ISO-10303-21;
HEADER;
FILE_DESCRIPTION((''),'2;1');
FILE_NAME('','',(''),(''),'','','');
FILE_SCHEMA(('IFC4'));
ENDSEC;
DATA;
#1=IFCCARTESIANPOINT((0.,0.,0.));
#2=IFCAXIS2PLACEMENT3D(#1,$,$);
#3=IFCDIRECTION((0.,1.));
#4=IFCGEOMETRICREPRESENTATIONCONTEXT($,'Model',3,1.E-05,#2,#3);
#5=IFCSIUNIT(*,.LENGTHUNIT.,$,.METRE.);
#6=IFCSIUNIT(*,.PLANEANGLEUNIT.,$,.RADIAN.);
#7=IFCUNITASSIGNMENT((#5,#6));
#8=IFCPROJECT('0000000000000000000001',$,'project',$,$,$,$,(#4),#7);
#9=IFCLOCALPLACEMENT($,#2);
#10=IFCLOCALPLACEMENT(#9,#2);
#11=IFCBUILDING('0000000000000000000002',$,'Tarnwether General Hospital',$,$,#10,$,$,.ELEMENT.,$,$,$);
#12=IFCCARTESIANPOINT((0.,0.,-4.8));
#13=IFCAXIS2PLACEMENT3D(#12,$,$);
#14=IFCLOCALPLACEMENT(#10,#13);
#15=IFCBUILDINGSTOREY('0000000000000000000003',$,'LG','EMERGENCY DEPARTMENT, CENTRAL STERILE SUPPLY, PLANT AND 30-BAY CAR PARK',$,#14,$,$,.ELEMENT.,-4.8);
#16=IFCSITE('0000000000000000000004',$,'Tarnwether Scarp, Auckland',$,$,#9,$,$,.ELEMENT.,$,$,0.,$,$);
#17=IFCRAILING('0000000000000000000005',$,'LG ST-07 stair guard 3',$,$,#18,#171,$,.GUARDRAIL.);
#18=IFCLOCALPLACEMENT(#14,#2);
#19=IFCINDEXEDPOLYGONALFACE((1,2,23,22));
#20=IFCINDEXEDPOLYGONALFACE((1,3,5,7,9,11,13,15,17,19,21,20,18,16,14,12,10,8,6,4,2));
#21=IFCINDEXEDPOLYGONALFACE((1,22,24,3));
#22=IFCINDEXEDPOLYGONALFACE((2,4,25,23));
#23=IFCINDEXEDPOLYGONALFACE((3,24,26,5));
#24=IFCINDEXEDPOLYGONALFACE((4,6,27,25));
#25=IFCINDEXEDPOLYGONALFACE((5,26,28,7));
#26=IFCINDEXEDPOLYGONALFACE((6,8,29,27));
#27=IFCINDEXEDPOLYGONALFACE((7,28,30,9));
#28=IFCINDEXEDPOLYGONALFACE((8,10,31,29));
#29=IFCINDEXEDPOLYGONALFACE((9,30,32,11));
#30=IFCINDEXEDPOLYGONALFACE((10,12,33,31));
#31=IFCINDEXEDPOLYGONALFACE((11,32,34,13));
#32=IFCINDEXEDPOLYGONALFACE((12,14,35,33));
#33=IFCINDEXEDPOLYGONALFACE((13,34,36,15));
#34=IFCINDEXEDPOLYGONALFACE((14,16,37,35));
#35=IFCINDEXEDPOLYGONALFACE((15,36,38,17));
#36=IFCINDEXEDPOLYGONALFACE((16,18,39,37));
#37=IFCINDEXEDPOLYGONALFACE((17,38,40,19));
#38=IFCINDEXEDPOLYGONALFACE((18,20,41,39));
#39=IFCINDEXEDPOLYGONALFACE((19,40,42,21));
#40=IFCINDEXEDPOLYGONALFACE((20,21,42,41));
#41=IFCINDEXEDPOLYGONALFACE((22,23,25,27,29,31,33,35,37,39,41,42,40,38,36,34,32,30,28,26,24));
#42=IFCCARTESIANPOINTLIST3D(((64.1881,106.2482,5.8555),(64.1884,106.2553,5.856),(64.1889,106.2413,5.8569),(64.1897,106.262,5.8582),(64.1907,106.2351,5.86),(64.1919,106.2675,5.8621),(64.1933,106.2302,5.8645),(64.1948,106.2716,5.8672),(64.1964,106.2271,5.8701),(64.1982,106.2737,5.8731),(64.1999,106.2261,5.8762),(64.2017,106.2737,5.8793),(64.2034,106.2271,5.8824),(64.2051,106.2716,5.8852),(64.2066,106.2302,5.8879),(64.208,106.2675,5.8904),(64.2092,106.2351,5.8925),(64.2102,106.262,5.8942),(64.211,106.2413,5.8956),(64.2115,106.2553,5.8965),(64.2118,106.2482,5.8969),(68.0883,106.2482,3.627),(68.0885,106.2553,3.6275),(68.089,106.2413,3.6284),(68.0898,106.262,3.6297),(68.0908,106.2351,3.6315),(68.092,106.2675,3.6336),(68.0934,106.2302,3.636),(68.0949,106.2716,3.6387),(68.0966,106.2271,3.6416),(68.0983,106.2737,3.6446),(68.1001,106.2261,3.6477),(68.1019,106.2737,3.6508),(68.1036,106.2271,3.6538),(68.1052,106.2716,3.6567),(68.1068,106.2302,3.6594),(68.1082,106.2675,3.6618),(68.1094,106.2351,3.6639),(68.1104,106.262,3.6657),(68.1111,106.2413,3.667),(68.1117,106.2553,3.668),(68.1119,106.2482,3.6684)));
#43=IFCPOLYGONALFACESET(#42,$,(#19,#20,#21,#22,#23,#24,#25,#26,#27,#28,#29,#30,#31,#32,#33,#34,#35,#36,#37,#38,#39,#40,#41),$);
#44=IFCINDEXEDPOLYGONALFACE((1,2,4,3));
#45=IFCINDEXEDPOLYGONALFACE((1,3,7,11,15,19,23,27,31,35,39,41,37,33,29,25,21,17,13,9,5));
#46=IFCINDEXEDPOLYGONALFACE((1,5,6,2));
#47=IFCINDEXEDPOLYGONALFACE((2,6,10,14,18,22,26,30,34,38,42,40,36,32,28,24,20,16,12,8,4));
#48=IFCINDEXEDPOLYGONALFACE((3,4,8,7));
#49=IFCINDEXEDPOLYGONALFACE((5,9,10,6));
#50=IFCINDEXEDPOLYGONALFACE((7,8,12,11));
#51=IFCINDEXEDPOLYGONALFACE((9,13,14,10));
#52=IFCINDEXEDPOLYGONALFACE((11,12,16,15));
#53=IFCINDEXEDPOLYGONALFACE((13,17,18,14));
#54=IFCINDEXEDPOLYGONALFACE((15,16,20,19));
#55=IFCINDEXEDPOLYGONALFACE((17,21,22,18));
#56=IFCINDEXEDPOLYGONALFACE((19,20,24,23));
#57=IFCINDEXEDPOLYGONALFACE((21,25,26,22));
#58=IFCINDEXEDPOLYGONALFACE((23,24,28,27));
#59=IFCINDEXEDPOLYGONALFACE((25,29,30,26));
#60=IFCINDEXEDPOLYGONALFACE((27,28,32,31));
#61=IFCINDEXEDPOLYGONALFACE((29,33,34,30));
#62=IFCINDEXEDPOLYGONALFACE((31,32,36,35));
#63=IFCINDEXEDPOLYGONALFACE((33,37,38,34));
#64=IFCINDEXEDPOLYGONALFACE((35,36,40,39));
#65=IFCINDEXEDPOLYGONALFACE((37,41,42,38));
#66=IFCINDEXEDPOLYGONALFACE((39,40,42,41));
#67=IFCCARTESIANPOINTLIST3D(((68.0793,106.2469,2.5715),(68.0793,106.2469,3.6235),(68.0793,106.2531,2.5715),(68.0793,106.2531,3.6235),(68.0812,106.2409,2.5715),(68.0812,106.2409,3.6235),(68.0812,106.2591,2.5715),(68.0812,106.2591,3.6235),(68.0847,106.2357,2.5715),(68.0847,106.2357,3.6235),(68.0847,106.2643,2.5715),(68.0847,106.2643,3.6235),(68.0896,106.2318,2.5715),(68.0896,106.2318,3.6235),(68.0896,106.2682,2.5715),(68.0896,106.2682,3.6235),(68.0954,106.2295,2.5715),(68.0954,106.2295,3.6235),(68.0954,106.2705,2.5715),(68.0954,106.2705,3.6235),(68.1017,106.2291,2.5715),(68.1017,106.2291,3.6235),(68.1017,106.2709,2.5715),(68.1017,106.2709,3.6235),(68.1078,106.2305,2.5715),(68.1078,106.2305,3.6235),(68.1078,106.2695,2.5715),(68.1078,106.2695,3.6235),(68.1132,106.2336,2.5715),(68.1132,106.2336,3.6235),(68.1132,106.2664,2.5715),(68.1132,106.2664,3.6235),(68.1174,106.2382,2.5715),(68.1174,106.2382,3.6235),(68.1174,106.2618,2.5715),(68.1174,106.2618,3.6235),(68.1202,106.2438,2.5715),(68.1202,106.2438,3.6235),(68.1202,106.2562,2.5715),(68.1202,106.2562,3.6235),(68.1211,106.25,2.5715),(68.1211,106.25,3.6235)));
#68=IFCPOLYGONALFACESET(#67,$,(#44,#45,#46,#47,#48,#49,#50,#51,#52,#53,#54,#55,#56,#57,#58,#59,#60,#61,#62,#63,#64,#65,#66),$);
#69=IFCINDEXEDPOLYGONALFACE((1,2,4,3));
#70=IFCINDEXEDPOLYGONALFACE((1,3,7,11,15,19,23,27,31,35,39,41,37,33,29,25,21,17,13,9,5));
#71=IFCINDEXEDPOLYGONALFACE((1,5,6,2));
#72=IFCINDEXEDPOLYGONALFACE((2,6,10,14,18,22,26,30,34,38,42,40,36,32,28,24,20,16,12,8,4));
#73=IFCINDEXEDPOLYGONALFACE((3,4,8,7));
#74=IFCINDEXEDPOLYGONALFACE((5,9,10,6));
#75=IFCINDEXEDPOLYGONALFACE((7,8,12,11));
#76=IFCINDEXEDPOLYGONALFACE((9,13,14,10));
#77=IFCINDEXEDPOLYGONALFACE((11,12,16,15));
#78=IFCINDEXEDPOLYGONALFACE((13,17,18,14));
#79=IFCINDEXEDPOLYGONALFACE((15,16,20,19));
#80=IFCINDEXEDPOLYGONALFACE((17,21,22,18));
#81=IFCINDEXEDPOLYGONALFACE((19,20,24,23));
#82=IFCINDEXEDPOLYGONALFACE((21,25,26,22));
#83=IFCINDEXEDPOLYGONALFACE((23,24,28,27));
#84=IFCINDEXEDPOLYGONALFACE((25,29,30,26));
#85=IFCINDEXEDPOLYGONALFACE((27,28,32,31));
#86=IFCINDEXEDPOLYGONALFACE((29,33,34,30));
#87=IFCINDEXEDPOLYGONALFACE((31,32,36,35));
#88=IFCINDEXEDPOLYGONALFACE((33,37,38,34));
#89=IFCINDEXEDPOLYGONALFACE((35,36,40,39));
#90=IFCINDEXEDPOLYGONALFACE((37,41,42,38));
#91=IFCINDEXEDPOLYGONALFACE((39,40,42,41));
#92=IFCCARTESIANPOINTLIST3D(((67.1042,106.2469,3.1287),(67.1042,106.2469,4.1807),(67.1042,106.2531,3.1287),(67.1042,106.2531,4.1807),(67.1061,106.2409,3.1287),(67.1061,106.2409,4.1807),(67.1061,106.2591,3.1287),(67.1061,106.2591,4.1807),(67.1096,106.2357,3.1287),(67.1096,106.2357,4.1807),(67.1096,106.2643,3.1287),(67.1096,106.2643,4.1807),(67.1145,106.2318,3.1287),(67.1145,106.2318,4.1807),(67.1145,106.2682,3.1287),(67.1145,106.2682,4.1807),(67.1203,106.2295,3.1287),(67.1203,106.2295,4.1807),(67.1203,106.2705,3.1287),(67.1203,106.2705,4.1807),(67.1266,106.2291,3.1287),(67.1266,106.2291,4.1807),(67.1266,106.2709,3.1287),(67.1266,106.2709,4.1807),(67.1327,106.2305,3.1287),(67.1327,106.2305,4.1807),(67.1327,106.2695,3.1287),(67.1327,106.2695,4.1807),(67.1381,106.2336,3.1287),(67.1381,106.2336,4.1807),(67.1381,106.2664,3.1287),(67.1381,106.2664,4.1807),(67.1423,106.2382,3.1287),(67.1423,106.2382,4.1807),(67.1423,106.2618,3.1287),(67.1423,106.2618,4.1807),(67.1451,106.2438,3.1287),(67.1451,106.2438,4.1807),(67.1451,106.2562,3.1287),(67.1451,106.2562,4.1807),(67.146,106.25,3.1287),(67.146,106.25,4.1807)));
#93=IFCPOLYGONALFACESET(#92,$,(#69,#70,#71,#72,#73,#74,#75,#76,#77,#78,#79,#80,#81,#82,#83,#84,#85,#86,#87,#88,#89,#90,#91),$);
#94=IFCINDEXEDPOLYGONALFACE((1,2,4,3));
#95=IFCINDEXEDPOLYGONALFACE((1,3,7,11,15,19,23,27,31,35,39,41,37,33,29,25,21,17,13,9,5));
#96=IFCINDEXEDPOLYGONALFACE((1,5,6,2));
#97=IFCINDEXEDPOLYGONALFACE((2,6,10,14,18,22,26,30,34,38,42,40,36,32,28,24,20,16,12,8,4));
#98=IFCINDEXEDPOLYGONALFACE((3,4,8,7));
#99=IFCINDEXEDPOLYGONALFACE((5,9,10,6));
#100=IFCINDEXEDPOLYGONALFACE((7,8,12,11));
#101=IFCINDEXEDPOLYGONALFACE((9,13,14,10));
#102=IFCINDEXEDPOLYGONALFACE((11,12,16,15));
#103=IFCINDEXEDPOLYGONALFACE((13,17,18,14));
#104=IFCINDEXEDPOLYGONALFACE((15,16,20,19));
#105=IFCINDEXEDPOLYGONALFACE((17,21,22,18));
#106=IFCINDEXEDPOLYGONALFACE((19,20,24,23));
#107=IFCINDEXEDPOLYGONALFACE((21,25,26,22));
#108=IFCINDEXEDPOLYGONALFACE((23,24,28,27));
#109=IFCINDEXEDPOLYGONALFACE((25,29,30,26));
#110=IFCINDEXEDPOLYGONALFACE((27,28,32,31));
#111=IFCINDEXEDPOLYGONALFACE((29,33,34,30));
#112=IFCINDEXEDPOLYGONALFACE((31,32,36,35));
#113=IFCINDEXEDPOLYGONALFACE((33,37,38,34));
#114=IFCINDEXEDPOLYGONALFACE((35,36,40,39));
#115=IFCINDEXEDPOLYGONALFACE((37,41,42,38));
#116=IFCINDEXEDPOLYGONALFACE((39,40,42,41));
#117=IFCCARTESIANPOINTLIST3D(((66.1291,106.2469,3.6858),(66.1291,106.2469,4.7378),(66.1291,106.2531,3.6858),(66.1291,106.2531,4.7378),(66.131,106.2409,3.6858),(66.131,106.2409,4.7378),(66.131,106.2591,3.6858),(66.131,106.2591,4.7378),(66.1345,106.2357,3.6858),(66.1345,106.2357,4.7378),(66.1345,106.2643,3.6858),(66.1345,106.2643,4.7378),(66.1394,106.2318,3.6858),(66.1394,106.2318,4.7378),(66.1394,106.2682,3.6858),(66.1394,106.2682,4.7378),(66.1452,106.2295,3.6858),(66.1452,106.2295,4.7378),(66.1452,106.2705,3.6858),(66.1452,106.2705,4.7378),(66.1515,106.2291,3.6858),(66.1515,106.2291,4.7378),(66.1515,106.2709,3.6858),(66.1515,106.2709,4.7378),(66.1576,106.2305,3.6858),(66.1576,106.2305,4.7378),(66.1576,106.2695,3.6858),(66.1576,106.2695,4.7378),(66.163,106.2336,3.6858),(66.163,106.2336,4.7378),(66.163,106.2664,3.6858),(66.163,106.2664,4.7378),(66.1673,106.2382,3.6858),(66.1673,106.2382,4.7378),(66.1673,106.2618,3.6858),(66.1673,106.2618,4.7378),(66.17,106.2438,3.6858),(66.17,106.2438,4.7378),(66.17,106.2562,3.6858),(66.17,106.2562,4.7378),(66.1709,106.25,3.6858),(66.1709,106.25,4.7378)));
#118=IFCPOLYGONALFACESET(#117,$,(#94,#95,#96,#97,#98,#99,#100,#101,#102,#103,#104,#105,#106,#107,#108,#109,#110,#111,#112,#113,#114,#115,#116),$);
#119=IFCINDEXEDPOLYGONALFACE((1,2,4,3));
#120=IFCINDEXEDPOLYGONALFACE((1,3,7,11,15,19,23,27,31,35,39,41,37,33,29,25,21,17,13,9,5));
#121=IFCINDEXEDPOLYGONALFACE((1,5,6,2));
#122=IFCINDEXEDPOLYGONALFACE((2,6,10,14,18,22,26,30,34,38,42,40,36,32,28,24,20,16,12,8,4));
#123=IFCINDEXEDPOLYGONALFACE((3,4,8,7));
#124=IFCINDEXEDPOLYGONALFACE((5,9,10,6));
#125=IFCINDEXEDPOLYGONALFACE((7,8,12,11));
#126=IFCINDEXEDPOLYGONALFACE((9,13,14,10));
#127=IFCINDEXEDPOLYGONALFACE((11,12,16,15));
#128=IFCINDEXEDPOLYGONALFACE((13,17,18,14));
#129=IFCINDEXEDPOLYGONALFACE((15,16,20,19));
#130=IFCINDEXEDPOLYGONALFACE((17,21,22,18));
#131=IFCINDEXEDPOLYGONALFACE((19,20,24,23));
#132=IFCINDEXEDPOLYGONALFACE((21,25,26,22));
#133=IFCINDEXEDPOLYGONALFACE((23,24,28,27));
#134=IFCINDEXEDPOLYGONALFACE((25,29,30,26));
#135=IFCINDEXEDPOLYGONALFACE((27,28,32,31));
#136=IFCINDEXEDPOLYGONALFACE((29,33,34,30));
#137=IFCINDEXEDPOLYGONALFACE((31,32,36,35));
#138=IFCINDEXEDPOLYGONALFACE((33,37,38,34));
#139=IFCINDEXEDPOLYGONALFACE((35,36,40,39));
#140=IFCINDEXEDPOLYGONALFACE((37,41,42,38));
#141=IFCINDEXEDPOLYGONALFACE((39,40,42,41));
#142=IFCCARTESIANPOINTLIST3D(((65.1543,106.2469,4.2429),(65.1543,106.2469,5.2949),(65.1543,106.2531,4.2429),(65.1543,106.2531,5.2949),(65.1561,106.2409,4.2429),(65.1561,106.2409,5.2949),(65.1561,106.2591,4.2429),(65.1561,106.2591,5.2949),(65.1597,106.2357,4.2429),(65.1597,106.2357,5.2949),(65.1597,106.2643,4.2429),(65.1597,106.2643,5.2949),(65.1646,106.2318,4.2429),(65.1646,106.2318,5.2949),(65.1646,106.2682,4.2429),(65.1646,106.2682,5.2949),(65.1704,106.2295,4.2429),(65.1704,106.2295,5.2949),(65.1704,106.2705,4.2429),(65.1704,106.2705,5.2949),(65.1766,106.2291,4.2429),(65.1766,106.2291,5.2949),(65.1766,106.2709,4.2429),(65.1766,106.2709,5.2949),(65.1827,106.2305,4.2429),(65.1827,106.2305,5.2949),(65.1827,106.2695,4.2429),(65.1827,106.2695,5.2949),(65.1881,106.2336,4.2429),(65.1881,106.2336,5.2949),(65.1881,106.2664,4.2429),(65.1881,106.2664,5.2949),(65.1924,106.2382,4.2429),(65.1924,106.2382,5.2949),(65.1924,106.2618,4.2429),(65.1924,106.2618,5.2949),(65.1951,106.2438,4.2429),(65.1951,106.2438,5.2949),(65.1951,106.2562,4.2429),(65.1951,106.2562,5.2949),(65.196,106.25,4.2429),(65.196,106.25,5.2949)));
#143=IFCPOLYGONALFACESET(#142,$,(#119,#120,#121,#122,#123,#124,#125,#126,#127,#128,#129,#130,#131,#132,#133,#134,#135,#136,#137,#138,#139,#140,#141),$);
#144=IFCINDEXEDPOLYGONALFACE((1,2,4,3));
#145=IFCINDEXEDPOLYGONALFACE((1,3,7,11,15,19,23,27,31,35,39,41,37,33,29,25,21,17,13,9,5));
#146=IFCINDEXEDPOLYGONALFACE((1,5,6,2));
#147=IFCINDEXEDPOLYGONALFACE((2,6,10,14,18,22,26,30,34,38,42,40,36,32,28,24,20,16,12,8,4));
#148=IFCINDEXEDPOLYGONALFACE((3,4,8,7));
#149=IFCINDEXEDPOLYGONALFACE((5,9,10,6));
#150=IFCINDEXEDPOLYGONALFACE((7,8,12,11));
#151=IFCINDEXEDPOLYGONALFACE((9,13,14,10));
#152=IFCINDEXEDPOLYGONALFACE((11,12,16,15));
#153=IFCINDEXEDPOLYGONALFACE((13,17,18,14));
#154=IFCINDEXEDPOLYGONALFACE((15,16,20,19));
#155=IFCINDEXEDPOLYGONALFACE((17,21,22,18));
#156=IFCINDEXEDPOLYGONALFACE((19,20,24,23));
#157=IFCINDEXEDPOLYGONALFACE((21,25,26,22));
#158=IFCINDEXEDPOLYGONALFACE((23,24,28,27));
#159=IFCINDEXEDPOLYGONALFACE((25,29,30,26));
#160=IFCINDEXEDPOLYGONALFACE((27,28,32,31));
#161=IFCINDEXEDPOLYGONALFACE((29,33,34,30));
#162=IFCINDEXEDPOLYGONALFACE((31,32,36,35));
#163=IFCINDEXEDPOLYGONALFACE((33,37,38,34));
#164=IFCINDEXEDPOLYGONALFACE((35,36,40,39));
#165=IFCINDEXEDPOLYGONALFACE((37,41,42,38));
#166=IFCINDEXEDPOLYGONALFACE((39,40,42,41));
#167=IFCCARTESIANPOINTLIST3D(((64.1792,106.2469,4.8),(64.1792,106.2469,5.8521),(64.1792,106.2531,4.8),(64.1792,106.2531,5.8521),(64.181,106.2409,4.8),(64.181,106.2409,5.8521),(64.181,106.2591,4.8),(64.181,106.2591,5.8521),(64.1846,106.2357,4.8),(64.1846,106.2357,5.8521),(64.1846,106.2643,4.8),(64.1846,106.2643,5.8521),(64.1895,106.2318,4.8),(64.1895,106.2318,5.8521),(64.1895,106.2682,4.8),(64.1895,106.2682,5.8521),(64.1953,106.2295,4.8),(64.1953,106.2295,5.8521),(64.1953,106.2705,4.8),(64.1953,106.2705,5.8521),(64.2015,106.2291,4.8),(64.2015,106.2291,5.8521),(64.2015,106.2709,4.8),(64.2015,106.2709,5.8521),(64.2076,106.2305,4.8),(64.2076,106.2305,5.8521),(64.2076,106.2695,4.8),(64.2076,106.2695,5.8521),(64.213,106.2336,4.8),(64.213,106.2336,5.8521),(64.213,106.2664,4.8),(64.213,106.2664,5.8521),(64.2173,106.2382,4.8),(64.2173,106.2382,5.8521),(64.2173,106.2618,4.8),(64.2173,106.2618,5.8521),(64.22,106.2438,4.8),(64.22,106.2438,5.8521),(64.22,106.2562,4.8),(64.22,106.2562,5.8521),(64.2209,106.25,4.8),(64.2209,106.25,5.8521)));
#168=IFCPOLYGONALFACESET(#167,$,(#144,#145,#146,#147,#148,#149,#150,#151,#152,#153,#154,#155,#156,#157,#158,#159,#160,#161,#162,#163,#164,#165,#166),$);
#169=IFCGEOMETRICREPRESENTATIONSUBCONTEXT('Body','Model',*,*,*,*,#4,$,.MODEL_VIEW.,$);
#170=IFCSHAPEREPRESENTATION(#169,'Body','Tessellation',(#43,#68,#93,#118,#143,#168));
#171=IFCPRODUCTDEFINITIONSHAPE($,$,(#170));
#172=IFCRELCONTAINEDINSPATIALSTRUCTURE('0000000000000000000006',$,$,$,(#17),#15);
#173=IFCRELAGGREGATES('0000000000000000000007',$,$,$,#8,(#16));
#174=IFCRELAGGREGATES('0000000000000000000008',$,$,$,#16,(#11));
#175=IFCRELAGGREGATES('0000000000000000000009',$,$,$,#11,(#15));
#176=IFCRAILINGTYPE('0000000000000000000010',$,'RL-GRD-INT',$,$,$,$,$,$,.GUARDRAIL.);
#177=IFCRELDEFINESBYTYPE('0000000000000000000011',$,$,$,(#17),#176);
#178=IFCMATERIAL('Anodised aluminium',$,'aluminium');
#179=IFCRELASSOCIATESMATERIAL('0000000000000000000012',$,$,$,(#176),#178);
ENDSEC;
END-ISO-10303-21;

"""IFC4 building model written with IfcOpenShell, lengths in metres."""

from ifc_helpers import new_model, si_unit, direction, frame, origin, origin_2d, place, context, subcontext, project, spatial, circle, extrude, material, type_object, element, save


model = new_model("IFC4")

# Units and contexts
model_context = context("Model", 3, precision=1e-05, world=origin(), true_north=direction((0.0, 1.0)))
body_context = subcontext(model_context, "Body", "Model", "MODEL_VIEW")
ifc_project = project(units=[si_unit("LENGTHUNIT", "METRE"), si_unit("PLANEANGLEUNIT", "RADIAN")], contexts=[model_context])

# Site, building, storey
site_placement = place(None, origin())
site = spatial("IfcSite", under=ifc_project, at=site_placement, Name="Tarnwether Scarp, Auckland", CompositionType="ELEMENT", RefElevation=0.0)
building_placement = place(site_placement, origin())
building = spatial("IfcBuilding", under=site, at=building_placement, Name="Tarnwether General Hospital", CompositionType="ELEMENT")
storey_placement = place(building_placement, frame((0.0, 0.0, -4.8)))
storey = spatial("IfcBuildingStorey", under=building, at=storey_placement, Name="LG", Description="EMERGENCY DEPARTMENT, CENTRAL STERILE SUPPLY, PLANT AND 30-BAY CAR PARK", CompositionType="ELEMENT", Elevation=-4.8)

# Railing
ifc_material_1 = material(Name="Anodised aluminium", Category="aluminium")
railing_type_1 = type_object("IfcRailingType", Name="RL-GRD-INT", PredefinedType="GUARDRAIL", material=ifc_material_1)
railing_1_placement = place(storey_placement, frame((68.1001, 106.25, 2.5715)))
element("IfcRailing", 1, at=railing_1_placement, inside=storey, type_object=railing_type_1, Name="LG ST-07 stair guard 3", PredefinedType="GUARDRAIL", context=body_context, shape_type="SweptSolid", body=[
    extrude(circle(Radius=0.0239, at=origin_2d()), frame((0.0, 0.0, 1.0762), z_axis=(-0.868257, 0.0, 0.496116), x_axis=(0.0, -1.0, 0.0)), (0.0, 0.0, 1.0), 4.4919),
    extrude(circle(Radius=0.021, at=origin_2d()), origin(), (0.0, 0.0, 1.0), 1.052),
    extrude(circle(Radius=0.021, at=origin_2d()), frame((-0.9751, 0.0, 0.5571)), (0.0, 0.0, 1.0), 1.052),
    extrude(circle(Radius=0.021, at=origin_2d()), frame((-1.9502, 0.0, 1.1143)), (0.0, 0.0, 1.0), 1.052),
    extrude(circle(Radius=0.021, at=origin_2d()), frame((-2.925, 0.0, 1.6714)), (0.0, 0.0, 1.0), 1.052),
    extrude(circle(Radius=0.021, at=origin_2d()), frame((-3.9001, 0.0, 2.2285)), (0.0, 0.0, 1.0), 1.052),
])

save(model, "model.ifc")
